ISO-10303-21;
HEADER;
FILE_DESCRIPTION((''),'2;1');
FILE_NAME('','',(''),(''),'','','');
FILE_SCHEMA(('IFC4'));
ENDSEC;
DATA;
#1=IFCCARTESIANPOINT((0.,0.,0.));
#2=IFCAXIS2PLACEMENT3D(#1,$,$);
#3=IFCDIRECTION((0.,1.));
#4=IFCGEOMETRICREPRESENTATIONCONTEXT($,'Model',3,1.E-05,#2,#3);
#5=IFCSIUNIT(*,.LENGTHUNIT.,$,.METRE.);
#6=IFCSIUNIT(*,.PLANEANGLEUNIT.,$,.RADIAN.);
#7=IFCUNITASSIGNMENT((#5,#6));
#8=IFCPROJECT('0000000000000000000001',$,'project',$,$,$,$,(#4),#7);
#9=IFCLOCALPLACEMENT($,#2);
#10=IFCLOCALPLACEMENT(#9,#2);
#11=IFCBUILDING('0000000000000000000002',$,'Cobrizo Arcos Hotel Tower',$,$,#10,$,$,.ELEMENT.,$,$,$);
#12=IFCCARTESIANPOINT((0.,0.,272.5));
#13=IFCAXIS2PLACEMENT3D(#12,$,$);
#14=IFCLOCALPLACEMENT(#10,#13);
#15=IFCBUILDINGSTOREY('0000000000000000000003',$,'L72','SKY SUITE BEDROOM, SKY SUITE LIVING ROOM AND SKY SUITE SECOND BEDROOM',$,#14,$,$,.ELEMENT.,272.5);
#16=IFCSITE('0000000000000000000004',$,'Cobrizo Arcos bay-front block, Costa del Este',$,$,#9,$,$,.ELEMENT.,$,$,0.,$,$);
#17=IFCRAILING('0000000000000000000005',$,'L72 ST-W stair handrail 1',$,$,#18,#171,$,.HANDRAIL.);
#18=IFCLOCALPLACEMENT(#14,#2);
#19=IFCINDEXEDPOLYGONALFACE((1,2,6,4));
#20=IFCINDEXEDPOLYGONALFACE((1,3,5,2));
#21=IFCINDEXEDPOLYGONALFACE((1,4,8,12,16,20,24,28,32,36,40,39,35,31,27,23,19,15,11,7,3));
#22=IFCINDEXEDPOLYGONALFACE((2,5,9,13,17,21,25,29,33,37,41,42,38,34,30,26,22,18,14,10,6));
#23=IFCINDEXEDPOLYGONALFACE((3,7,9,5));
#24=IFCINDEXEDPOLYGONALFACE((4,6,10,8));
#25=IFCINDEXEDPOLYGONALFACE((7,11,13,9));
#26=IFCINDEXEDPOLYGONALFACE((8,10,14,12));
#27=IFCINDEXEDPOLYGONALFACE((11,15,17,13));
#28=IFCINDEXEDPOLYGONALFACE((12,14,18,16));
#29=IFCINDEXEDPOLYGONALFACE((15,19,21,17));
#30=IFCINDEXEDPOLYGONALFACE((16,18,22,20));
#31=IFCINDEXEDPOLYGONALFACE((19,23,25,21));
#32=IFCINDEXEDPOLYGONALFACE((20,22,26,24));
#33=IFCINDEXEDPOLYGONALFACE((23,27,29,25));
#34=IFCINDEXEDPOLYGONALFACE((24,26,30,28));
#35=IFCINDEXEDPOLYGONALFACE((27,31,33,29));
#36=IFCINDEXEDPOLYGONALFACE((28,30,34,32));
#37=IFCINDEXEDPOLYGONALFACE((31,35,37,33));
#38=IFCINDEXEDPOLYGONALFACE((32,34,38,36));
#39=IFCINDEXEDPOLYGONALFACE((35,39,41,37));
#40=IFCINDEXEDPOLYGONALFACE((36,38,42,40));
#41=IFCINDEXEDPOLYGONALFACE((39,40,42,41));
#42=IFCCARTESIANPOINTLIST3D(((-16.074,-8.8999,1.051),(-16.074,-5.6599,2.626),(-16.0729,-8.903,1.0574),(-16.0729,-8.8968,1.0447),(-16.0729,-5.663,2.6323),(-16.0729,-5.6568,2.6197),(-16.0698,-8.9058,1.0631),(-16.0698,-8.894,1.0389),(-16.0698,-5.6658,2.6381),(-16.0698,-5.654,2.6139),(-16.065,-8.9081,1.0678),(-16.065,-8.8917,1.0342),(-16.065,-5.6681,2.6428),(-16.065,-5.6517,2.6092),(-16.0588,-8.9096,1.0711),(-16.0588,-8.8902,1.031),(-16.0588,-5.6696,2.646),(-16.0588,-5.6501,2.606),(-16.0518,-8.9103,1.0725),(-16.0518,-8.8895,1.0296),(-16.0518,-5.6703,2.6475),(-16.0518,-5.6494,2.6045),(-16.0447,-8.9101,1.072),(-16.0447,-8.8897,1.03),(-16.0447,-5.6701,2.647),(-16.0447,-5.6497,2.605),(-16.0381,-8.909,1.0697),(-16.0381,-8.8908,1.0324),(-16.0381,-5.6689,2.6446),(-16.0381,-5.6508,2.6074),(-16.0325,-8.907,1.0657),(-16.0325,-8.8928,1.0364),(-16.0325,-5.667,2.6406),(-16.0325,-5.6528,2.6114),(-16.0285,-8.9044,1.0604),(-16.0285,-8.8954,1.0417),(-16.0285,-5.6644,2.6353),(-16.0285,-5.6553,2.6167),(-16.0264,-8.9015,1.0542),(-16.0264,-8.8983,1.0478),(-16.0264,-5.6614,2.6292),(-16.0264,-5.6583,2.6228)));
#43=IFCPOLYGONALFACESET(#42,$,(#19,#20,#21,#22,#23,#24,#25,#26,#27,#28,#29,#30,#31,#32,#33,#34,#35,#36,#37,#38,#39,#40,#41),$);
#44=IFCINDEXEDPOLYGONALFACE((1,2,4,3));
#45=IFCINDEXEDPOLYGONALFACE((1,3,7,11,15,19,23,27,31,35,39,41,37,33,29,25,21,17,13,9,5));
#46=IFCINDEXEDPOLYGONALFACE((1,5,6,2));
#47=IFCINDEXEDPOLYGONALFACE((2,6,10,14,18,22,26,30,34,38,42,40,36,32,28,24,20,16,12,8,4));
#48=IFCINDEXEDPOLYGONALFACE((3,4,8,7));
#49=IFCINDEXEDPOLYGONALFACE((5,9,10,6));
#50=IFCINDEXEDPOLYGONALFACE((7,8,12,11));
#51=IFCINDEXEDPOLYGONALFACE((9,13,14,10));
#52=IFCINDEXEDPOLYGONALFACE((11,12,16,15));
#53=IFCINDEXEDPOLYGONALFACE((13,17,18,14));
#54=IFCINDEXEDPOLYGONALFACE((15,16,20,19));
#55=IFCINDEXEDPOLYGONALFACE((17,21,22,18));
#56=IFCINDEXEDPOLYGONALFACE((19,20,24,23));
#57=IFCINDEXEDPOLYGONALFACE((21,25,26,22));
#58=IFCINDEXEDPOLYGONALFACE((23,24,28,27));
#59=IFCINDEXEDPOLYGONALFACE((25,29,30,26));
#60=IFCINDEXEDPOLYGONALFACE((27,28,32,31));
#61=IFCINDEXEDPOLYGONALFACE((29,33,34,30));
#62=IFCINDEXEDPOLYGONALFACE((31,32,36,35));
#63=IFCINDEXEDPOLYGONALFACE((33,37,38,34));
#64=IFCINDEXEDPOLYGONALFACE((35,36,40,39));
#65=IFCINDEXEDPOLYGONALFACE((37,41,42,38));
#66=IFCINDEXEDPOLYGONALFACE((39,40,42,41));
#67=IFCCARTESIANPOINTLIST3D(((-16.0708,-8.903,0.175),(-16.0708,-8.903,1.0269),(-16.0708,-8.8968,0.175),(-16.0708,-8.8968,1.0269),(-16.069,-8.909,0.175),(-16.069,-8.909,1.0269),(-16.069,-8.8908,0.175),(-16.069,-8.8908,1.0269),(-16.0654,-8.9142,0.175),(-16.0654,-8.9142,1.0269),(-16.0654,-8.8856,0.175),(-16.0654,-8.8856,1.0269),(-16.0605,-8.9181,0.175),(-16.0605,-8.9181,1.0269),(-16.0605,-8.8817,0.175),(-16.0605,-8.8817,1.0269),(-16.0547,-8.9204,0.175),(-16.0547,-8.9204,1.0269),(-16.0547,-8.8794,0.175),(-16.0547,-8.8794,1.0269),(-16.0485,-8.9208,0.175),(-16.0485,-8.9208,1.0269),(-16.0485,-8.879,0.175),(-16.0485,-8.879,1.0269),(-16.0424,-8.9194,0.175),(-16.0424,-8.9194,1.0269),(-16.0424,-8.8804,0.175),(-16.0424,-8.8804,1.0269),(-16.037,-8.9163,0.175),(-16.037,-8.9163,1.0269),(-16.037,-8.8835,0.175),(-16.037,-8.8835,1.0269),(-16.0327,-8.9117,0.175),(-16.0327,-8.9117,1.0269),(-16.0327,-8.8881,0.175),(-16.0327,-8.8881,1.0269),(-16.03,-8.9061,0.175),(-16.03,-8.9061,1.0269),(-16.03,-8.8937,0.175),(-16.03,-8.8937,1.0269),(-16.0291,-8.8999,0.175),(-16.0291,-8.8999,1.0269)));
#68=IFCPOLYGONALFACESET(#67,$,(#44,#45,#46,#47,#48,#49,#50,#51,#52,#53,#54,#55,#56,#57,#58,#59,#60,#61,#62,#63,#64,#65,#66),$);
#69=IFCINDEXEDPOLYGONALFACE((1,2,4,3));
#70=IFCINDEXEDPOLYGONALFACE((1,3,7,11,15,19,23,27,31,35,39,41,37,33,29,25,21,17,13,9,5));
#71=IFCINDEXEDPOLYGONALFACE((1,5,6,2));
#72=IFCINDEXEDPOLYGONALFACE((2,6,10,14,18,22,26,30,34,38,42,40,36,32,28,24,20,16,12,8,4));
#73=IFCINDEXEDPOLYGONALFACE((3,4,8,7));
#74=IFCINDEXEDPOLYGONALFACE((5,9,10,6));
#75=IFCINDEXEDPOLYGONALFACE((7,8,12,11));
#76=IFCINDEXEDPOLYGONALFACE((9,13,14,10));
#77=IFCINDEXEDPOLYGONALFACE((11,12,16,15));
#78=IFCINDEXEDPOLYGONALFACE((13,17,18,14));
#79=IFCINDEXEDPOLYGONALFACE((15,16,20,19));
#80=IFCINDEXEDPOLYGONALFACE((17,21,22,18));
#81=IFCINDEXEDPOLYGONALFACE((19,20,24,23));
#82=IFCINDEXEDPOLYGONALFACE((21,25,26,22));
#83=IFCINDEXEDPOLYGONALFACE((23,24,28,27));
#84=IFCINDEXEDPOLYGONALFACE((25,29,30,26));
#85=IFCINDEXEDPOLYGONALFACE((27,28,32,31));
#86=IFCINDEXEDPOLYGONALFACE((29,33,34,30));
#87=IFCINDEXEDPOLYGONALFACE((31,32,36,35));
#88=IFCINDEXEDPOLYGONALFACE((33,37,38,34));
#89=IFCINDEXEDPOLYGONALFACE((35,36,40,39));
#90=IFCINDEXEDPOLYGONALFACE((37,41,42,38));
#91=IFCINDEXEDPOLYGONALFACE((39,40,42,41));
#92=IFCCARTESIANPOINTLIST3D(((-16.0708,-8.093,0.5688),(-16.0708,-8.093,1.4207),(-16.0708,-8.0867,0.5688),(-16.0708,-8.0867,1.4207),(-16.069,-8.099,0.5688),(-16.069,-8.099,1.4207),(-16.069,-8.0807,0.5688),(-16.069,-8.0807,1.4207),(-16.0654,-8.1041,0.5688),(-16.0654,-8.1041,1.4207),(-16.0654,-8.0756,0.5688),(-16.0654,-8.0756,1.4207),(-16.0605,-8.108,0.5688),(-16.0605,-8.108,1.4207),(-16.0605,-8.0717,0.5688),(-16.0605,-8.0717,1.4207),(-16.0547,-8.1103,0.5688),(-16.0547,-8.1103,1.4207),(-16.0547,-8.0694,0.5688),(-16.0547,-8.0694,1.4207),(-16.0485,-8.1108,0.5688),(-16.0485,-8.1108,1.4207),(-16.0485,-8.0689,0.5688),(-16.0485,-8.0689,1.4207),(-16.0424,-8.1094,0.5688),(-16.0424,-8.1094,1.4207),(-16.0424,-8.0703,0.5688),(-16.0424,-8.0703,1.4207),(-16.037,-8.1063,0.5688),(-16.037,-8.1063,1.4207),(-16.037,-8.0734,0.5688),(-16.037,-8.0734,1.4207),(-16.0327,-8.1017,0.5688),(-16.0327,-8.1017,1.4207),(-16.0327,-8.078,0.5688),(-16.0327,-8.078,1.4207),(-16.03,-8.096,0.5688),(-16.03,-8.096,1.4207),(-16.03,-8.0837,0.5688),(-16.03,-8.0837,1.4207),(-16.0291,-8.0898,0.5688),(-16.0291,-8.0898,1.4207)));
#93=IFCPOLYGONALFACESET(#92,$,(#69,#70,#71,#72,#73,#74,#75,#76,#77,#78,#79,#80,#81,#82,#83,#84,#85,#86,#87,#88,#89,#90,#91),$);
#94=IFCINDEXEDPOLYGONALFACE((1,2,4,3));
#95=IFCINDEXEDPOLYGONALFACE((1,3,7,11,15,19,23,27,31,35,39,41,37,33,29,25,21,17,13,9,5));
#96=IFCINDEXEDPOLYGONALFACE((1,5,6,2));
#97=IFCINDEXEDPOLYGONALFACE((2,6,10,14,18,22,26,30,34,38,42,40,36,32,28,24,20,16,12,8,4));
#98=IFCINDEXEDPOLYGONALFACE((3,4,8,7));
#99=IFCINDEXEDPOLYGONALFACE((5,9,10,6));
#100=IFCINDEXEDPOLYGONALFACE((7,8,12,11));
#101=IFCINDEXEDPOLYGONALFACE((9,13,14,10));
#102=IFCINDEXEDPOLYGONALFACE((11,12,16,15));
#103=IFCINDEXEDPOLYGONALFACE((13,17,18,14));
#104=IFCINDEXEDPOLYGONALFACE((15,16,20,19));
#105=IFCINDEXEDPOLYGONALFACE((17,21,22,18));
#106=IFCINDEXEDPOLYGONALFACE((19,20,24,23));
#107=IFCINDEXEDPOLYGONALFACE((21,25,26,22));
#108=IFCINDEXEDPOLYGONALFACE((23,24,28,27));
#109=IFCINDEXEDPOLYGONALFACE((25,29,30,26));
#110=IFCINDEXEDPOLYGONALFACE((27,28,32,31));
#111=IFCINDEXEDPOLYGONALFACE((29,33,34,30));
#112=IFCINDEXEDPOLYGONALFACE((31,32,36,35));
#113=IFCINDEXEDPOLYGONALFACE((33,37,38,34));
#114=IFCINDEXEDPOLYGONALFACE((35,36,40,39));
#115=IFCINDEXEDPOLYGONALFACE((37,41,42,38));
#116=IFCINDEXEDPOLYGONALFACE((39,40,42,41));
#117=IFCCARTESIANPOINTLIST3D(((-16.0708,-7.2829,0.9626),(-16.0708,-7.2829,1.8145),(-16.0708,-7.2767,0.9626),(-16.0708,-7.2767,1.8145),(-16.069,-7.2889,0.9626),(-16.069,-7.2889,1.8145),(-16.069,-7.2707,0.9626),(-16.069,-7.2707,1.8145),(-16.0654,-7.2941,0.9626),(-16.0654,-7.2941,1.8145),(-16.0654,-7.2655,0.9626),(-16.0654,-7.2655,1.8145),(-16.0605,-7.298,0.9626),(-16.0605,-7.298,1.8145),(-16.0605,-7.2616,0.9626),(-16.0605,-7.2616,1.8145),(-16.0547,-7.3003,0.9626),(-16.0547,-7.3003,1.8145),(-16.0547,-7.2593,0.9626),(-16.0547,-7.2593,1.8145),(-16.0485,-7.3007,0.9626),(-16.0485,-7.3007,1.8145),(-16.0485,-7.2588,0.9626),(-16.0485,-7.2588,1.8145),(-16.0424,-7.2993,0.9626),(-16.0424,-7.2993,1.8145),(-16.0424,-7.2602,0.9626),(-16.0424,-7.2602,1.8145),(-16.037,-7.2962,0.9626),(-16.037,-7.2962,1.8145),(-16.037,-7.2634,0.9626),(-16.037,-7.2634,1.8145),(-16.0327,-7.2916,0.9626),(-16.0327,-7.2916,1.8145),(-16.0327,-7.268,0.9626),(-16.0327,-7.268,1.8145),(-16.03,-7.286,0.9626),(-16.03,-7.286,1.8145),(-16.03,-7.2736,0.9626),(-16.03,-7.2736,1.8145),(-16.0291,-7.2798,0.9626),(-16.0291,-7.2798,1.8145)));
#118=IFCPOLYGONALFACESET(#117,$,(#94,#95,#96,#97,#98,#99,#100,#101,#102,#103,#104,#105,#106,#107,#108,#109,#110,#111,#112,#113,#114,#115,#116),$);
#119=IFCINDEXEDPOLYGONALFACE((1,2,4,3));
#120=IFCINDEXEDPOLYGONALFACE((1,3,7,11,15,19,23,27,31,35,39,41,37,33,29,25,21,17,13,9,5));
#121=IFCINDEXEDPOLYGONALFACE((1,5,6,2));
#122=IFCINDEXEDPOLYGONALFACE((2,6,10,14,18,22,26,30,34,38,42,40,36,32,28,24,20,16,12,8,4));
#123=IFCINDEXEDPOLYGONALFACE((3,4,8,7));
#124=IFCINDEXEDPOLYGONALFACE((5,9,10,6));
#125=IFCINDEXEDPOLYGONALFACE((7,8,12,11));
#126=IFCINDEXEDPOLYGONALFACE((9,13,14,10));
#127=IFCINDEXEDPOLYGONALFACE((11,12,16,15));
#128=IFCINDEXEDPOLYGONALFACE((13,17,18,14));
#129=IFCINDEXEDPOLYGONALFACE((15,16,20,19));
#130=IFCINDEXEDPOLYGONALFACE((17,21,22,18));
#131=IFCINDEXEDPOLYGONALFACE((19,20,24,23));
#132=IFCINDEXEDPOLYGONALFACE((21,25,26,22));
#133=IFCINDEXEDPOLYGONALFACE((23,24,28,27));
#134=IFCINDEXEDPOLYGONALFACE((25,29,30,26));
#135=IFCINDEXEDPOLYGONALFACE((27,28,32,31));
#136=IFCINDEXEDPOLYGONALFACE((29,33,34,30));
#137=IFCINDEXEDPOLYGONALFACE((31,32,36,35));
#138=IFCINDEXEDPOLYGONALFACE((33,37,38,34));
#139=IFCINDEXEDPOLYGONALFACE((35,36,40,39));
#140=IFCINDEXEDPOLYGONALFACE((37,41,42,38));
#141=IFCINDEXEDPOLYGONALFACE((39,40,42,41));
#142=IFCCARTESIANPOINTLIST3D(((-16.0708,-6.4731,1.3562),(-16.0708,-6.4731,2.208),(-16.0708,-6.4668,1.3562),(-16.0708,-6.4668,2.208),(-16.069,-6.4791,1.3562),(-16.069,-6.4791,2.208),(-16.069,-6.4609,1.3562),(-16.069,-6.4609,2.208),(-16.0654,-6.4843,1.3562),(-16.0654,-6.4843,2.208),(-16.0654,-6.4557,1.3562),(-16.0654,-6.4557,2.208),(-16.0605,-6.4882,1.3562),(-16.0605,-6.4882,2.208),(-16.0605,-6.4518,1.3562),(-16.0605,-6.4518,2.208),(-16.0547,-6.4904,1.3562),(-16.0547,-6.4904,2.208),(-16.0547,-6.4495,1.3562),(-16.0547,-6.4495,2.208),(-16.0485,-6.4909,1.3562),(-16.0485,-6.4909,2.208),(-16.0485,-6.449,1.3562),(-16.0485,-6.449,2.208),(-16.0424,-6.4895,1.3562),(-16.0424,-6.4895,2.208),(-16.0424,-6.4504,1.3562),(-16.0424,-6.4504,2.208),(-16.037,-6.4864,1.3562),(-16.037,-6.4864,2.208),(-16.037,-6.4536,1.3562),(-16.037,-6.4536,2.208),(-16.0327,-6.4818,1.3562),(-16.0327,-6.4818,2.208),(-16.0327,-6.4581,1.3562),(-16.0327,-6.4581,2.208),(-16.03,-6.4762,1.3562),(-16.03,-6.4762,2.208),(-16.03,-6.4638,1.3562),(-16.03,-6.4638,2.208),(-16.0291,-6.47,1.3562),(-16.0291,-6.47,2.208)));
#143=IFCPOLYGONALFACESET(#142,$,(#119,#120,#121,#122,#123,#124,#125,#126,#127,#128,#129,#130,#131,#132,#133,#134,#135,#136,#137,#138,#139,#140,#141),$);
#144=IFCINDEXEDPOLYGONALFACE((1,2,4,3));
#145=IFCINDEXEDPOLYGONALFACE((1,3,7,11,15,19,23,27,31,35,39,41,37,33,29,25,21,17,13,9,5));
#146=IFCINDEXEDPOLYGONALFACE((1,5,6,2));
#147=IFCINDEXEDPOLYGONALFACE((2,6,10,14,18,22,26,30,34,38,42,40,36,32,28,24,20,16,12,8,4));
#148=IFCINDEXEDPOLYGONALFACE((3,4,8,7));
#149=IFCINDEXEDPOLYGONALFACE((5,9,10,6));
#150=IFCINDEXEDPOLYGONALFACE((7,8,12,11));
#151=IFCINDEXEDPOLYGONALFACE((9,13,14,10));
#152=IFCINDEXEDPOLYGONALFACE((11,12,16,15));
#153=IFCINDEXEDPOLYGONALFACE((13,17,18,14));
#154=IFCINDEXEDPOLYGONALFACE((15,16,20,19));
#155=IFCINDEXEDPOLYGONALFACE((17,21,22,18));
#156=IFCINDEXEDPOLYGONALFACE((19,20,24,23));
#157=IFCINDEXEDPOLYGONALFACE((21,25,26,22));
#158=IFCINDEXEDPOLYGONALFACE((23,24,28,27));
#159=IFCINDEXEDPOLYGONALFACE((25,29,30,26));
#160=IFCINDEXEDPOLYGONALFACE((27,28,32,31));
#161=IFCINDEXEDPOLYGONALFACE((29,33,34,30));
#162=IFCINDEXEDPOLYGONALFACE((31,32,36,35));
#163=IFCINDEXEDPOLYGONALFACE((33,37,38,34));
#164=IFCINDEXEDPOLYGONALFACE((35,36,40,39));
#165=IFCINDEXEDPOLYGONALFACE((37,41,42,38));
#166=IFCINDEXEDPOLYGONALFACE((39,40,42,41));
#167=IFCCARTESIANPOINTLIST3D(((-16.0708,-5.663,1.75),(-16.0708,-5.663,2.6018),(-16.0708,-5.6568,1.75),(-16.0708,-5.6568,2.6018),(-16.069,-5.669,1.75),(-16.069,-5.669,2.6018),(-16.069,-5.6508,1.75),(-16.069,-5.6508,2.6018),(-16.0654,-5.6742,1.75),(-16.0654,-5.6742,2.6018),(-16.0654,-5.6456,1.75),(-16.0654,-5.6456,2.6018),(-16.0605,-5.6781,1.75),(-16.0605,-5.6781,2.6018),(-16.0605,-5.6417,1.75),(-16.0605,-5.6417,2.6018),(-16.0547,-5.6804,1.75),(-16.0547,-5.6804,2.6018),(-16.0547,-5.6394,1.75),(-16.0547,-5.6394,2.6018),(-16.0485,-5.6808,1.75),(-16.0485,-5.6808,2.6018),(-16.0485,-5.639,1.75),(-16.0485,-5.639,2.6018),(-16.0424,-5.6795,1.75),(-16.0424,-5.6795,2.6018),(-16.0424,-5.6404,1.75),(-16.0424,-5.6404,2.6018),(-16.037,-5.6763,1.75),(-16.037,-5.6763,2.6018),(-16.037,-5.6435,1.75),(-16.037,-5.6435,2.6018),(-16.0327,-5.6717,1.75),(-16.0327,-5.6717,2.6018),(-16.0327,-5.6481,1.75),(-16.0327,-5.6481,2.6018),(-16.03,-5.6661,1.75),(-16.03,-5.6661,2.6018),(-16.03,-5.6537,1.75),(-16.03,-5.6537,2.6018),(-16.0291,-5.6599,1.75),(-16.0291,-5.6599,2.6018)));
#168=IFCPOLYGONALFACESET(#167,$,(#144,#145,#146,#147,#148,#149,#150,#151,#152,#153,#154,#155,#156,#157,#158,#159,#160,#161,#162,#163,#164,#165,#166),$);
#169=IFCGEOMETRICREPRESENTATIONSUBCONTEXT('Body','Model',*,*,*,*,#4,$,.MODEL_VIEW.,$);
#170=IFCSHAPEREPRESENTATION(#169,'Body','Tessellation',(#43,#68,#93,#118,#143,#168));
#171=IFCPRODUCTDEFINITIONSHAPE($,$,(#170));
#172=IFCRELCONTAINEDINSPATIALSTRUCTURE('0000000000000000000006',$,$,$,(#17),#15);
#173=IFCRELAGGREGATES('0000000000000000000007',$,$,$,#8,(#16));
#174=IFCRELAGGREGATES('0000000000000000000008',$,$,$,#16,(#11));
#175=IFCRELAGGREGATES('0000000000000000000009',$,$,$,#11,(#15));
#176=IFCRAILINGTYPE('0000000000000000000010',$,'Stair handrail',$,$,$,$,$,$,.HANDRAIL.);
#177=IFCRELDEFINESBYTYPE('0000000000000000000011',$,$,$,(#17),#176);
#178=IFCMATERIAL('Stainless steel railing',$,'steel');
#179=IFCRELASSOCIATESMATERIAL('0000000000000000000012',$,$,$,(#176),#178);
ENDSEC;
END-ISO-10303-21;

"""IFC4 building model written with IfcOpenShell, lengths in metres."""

from ifc_helpers import new_model, si_unit, direction, frame, origin, origin_2d, place, context, subcontext, project, spatial, circle, extrude, material, type_object, element, save


model = new_model("IFC4")

# Units and contexts
model_context = context("Model", 3, precision=1e-05, world=origin(), true_north=direction((0.0, 1.0)))
body_context = subcontext(model_context, "Body", "Model", "MODEL_VIEW")
ifc_project = project(units=[si_unit("LENGTHUNIT", "METRE"), si_unit("PLANEANGLEUNIT", "RADIAN")], contexts=[model_context])

# Site, building, storey
site_placement = place(None, origin())
site = spatial("IfcSite", under=ifc_project, at=site_placement, Name="Cobrizo Arcos bay-front block, Costa del Este", CompositionType="ELEMENT", RefElevation=0.0)
building_placement = place(site_placement, origin())
building = spatial("IfcBuilding", under=site, at=building_placement, Name="Cobrizo Arcos Hotel Tower", CompositionType="ELEMENT")
storey_placement = place(building_placement, frame((0.0, 0.0, 272.5)))
storey = spatial("IfcBuildingStorey", under=building, at=storey_placement, Name="L72", Description="SKY SUITE BEDROOM, SKY SUITE LIVING ROOM AND SKY SUITE SECOND BEDROOM", CompositionType="ELEMENT", Elevation=272.5)

# Railing
ifc_material_1 = material(Name="Stainless steel railing", Category="steel")
railing_type_1 = type_object("IfcRailingType", Name="Stair handrail", PredefinedType="HANDRAIL", material=ifc_material_1)
railing_1_placement = place(storey_placement, frame((-16.05, -8.8999, 0.175)))
element("IfcRailing", 1, at=railing_1_placement, inside=storey, type_object=railing_type_1, Name="L72 ST-W stair handrail 1", PredefinedType="HANDRAIL", context=body_context, shape_type="SweptSolid", body=[
    extrude(circle(Radius=0.0239, at=origin_2d()), frame((0.0, 0.0, 0.876), z_axis=(0.0, 0.899373, 0.437183), x_axis=(-1.0, 0.0, 0.0)), (0.0, 0.0, 1.0), 3.6025),
    extrude(circle(Radius=0.021, at=origin_2d()), origin(), (0.0, 0.0, 1.0), 0.8518),
    extrude(circle(Radius=0.021, at=origin_2d()), frame((0.0, 0.8101, 0.3938)), (0.0, 0.0, 1.0), 0.8518),
    extrude(circle(Radius=0.021, at=origin_2d()), frame((0.0, 1.6201, 0.7876)), (0.0, 0.0, 1.0), 0.8518),
    extrude(circle(Radius=0.021, at=origin_2d()), frame((0.0, 2.4299, 1.1812)), (0.0, 0.0, 1.0), 0.8518),
    extrude(circle(Radius=0.021, at=origin_2d()), frame((0.0, 3.24, 1.575)), (0.0, 0.0, 1.0), 0.8518),
])

save(model, "model.ifc")
